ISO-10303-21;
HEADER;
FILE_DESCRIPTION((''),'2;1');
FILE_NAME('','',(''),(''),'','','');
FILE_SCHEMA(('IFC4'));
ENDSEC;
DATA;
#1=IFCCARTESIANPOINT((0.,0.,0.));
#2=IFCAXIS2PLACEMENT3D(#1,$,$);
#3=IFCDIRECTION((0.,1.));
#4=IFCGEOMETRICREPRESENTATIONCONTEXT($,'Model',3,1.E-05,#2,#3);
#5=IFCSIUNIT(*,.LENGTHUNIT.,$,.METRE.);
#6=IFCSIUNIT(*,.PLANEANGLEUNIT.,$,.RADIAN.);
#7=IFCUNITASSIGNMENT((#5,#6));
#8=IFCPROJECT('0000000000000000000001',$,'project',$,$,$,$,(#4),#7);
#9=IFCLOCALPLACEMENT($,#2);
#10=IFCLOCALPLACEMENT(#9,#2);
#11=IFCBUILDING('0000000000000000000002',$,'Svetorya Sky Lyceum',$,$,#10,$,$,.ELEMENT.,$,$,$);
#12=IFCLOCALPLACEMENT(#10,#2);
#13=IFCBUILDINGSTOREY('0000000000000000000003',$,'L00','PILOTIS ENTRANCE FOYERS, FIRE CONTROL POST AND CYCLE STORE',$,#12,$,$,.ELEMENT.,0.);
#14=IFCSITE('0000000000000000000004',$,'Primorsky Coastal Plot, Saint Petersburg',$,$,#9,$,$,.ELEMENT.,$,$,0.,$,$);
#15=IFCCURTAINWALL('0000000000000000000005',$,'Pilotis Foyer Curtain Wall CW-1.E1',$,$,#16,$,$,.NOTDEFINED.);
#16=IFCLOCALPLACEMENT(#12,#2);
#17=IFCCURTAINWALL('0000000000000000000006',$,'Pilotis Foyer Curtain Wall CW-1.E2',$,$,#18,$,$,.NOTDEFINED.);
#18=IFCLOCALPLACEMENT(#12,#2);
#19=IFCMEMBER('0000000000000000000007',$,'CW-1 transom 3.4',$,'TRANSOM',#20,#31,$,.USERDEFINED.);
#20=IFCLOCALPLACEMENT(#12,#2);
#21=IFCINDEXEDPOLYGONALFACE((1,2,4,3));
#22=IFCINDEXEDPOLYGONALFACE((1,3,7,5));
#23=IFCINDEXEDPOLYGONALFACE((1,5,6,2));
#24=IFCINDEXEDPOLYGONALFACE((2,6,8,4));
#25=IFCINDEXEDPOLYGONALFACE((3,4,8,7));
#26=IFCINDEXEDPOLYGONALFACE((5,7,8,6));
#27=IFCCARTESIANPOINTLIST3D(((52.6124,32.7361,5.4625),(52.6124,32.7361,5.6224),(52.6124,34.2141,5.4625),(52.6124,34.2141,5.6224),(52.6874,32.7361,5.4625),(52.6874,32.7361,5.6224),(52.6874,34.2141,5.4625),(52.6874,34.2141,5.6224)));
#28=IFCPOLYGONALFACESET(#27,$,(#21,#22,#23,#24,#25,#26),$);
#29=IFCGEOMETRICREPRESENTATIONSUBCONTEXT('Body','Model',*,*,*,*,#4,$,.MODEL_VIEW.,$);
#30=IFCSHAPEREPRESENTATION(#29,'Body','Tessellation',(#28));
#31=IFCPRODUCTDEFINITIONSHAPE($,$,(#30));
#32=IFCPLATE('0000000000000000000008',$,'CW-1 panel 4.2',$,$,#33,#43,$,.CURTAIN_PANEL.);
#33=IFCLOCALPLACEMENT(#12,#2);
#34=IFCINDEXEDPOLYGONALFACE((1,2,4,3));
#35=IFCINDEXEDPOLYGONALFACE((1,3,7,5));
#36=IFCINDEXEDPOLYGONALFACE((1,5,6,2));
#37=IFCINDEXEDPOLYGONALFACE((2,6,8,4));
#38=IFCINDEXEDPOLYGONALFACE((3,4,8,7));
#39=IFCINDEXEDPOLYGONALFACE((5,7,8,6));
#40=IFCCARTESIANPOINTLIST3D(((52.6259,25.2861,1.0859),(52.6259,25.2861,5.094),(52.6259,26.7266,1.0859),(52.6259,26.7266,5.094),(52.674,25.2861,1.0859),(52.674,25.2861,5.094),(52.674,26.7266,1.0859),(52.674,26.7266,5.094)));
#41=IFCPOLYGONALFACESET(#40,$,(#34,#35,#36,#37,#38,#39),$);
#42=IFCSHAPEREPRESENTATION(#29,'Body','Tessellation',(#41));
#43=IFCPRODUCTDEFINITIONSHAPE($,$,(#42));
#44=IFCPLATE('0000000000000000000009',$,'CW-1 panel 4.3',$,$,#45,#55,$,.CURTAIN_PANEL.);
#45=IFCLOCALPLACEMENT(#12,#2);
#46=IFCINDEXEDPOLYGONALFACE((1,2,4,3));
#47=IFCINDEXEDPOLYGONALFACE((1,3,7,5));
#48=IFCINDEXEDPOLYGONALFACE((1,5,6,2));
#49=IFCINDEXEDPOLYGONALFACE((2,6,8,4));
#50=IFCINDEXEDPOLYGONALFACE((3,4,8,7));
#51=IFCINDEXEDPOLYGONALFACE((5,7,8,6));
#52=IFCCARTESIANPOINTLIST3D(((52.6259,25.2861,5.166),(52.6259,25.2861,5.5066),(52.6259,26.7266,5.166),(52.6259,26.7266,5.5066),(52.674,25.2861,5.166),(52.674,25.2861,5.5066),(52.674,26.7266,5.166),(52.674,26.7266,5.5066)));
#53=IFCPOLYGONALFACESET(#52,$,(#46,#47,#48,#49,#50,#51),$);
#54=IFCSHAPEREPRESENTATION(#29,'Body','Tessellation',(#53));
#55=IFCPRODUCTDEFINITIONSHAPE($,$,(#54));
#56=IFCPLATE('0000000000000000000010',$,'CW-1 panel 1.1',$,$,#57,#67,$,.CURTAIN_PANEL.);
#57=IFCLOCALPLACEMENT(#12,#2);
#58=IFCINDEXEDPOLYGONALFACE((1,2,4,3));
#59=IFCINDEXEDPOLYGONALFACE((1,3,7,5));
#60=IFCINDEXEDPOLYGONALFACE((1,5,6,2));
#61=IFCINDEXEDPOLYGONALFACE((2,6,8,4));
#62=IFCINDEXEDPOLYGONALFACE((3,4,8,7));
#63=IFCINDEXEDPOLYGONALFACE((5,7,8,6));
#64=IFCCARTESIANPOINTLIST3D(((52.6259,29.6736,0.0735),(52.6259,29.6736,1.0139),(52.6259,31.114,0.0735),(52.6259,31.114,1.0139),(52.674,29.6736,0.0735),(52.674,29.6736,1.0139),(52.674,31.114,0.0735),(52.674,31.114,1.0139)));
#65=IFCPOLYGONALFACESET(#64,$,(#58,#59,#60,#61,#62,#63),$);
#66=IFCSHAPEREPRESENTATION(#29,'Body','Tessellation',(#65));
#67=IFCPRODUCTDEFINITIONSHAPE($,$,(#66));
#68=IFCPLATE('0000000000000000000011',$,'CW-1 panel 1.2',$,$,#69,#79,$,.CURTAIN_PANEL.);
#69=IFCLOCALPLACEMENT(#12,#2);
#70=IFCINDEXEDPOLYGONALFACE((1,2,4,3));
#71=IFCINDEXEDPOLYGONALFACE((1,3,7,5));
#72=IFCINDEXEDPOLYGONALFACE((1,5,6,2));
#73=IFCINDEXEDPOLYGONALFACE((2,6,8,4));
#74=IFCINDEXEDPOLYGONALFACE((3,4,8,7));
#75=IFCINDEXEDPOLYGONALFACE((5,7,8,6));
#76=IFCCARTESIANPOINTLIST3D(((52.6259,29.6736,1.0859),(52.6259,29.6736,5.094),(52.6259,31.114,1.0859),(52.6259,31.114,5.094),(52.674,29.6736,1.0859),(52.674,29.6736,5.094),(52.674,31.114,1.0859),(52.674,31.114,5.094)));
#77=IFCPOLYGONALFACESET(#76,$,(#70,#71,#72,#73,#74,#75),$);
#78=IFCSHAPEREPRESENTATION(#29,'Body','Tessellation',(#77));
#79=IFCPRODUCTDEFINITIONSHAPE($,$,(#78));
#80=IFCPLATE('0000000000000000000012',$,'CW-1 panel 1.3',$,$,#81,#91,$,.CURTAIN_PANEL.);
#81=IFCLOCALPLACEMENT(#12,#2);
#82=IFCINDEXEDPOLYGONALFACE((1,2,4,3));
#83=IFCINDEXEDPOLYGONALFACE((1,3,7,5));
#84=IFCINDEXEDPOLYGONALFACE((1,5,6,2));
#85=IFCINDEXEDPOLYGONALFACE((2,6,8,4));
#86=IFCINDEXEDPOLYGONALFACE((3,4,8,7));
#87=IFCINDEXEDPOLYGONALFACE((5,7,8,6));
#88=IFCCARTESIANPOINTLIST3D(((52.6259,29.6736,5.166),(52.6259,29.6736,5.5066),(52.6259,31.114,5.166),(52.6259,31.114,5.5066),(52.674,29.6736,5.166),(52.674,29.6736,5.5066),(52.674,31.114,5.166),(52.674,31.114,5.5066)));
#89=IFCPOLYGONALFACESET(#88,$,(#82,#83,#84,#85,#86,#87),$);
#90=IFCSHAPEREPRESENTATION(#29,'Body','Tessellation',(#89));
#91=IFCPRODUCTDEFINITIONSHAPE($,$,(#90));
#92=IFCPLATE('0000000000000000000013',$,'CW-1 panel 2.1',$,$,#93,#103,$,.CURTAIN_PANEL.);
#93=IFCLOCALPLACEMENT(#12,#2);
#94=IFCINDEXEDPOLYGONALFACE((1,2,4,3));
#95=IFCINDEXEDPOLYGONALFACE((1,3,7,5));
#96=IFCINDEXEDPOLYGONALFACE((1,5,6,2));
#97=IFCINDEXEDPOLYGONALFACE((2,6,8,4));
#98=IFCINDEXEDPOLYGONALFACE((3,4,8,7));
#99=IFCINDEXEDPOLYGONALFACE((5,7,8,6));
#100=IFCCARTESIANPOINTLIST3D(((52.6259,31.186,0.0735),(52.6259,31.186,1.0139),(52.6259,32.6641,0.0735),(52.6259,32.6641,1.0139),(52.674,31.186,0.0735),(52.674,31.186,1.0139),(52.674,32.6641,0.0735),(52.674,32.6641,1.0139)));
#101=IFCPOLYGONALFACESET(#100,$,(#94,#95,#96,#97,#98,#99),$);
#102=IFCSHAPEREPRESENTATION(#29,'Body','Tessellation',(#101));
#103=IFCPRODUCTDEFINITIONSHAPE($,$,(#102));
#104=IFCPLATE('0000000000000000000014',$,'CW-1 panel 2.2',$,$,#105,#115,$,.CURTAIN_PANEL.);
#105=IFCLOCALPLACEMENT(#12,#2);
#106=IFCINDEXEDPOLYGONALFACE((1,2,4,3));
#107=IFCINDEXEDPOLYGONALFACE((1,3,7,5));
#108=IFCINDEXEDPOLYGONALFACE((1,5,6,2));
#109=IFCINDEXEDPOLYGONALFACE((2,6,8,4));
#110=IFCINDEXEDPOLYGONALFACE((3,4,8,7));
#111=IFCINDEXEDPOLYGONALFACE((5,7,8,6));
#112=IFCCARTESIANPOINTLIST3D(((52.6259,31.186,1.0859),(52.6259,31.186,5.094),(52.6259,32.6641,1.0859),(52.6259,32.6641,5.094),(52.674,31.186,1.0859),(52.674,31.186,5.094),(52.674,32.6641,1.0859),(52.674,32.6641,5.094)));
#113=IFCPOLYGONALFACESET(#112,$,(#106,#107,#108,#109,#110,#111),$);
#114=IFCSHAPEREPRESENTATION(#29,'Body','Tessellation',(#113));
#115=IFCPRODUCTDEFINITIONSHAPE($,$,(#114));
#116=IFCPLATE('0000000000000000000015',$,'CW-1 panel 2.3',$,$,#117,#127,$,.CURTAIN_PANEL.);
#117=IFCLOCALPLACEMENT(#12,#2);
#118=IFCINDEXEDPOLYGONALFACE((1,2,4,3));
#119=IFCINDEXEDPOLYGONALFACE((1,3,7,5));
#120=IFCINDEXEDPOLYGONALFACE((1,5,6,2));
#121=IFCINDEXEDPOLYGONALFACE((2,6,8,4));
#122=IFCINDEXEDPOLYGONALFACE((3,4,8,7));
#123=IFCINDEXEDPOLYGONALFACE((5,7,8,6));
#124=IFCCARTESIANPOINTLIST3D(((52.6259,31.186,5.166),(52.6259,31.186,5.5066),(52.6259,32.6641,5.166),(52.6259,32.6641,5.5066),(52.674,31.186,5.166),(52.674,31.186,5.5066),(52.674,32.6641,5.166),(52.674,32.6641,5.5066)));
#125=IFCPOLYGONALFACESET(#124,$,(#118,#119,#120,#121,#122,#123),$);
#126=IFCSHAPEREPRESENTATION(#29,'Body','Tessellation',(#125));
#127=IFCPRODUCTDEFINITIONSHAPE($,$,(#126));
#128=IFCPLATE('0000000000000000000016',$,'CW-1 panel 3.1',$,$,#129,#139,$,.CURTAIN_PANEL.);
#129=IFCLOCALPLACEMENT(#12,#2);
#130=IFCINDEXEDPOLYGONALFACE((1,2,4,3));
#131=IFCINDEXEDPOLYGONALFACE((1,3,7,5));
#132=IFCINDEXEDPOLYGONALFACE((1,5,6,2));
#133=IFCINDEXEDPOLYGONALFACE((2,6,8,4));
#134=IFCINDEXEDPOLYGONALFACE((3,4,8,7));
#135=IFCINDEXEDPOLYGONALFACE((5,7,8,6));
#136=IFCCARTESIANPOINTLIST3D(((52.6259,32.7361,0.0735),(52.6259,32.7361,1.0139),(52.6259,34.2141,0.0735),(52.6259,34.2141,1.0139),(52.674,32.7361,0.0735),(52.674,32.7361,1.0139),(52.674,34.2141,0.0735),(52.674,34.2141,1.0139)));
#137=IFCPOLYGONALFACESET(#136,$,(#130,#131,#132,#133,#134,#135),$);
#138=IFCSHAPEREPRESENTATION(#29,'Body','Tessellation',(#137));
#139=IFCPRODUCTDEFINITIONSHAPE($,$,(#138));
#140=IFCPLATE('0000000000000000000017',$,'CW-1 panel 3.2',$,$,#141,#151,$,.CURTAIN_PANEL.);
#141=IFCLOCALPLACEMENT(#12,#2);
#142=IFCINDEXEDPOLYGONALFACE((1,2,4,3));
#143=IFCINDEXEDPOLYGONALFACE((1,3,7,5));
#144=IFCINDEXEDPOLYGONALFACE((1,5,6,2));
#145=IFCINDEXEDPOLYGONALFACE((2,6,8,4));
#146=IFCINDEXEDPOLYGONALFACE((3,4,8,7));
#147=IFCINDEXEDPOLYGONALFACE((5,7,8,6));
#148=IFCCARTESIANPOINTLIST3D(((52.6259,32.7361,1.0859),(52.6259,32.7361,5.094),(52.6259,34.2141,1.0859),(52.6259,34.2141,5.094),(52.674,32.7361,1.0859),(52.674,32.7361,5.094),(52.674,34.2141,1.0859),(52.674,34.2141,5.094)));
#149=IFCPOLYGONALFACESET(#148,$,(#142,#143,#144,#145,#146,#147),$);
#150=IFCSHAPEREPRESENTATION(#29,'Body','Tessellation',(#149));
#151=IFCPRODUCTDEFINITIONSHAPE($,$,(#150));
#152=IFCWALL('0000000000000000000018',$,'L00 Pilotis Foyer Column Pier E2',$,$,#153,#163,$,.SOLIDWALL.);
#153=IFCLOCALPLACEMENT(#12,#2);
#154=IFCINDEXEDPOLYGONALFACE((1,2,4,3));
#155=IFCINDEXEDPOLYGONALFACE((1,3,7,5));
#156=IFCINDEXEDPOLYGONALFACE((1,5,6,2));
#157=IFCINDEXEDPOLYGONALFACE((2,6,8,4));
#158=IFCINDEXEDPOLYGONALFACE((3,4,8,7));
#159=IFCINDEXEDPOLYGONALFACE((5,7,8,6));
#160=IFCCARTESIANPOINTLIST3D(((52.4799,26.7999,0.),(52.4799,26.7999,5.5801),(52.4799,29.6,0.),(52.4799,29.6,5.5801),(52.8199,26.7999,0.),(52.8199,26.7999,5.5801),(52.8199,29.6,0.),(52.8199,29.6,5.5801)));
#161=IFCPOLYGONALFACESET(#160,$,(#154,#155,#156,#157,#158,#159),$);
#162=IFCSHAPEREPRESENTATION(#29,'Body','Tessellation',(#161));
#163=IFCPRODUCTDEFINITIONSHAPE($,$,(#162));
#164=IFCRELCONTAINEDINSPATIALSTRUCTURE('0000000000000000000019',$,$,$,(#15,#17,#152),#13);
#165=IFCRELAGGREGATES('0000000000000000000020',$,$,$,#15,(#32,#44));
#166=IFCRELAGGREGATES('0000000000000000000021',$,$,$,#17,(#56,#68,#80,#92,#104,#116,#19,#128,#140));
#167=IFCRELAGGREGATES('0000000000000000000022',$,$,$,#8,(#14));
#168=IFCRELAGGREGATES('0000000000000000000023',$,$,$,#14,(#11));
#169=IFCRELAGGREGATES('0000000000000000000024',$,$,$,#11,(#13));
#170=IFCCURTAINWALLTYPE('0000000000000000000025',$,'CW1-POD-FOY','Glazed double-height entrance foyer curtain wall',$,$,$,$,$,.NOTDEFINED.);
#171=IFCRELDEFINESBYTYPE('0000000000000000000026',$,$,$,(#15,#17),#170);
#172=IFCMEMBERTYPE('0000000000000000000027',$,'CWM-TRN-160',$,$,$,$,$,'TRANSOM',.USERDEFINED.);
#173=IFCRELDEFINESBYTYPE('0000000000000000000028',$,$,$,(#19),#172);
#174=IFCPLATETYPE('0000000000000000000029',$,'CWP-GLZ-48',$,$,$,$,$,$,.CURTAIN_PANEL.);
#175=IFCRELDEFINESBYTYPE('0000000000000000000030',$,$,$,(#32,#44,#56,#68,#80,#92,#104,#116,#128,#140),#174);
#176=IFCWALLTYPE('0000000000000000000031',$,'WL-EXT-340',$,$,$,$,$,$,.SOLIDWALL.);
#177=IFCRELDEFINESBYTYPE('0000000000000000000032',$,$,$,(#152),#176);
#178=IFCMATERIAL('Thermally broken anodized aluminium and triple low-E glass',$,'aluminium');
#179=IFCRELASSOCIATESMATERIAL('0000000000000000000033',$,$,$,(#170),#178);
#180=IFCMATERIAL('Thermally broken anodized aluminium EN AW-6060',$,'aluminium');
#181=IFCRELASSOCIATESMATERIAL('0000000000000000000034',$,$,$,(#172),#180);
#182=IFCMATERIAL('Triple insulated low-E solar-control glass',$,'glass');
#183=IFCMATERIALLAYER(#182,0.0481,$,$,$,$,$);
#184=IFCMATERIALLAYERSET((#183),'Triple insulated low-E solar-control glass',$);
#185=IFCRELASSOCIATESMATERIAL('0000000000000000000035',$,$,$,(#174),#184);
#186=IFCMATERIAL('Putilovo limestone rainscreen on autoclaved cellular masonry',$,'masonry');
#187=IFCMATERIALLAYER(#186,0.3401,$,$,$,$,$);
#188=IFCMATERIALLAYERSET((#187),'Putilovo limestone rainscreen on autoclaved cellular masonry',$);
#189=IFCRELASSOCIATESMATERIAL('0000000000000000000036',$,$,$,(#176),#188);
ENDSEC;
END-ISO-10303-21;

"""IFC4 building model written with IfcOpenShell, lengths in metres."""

from ifc_helpers import new_model, si_unit, direction, frame, frame_2d, origin, origin_2d, place, context, subcontext, project, spatial, rectangle, extrude, material, layer, layer_set, material_profile, profile_set, type_object, element, aggregate, save


model = new_model("IFC4")

# Units and contexts
model_context = context("Model", 3, precision=1e-05, world=origin(), true_north=direction((0.0, 1.0)))
body_context = subcontext(model_context, "Body", "Model", "MODEL_VIEW")
ifc_project = project(units=[si_unit("LENGTHUNIT", "METRE"), si_unit("PLANEANGLEUNIT", "RADIAN")], contexts=[model_context])

# Site, building, storey
site_placement = place(None, origin())
site = spatial("IfcSite", under=ifc_project, at=site_placement, Name="Primorsky Coastal Plot, Saint Petersburg", CompositionType="ELEMENT", RefElevation=0.0)
building_placement = place(site_placement, origin())
building = spatial("IfcBuilding", under=site, at=building_placement, Name="Svetorya Sky Lyceum", CompositionType="ELEMENT")
storey_placement = place(building_placement, origin())
storey = spatial("IfcBuildingStorey", under=building, at=storey_placement, Name="L00", Description="PILOTIS ENTRANCE FOYERS, FIRE CONTROL POST AND CYCLE STORE", CompositionType="ELEMENT", Elevation=0.0)

# Curtain wall
ifc_material_1 = material(Name="Thermally broken anodized aluminium and triple low-E glass", Category="aluminium")
curtain_wall_type = type_object("IfcCurtainWallType", Name="CW1-POD-FOY", Description="Glazed double-height entrance foyer curtain wall", PredefinedType="NOTDEFINED", material=ifc_material_1)
curtain_wall_1_placement = place(storey_placement, origin())
curtain_wall_1 = element("IfcCurtainWall", 1, at=curtain_wall_1_placement, inside=storey, type_object=curtain_wall_type, Name="Pilotis Foyer Curtain Wall CW-1.E1", PredefinedType="NOTDEFINED")
ifc_material_2 = material(Name="Thermally broken anodized aluminium EN AW-6060", Category="aluminium")

# Curtain wall, member
curtain_wall_2_placement = place(storey_placement, origin())
curtain_wall_2 = element("IfcCurtainWall", 2, at=curtain_wall_2_placement, inside=storey, type_object=curtain_wall_type, Name="Pilotis Foyer Curtain Wall CW-1.E2", PredefinedType="NOTDEFINED")
ifc_material_profile_1 = material_profile(ifc_material_2, rectangle(XDim=0.075, YDim=0.1599, at=origin_2d()), Name="ALU TRANSOM 75x160")
ifc_profile_set_1 = profile_set([ifc_material_profile_1], Name="Thermally broken anodized aluminium EN AW-6060")
member_type_1 = type_object("IfcMemberType", Name="CWM-TRN-160", ElementType="TRANSOM", PredefinedType="USERDEFINED", material=ifc_profile_set_1)
member_1_placement = place(storey_placement, frame((52.6499, 32.7361, 5.5425), z_axis=(0.0, 1.0, 0.0), x_axis=(-1.0, 0.0, 0.0)))
member_1 = element("IfcMember", 3, at=member_1_placement, type_object=member_type_1, Name="CW-1 transom 3.4", ObjectType="TRANSOM", PredefinedType="USERDEFINED", context=body_context, shape_type="SweptSolid", body=[
    extrude(rectangle(XDim=0.075, YDim=0.1599, at=origin_2d()), origin(), (0.0, 0.0, 1.0), 1.478),
])

# Plates
ifc_material_3 = material(Name="Triple insulated low-E solar-control glass", Category="glass")
ifc_layer_1 = layer(ifc_material_3, 0.0481)
ifc_layer_set_1 = layer_set([ifc_layer_1], Name="Triple insulated low-E solar-control glass")
plate_type = type_object("IfcPlateType", Name="CWP-GLZ-48", PredefinedType="CURTAIN_PANEL", material=ifc_layer_set_1)
plate_1_placement = place(storey_placement, frame((52.6499, 26.0063, 1.0859), z_axis=(0.0, 0.0, 1.0), x_axis=(0.0, 1.0, 0.0)))
plate_1 = element("IfcPlate", 4, at=plate_1_placement, type_object=plate_type, Name="CW-1 panel 4.2", PredefinedType="CURTAIN_PANEL", context=body_context, shape_type="SweptSolid", body=[
    extrude(rectangle(XDim=1.4404, YDim=0.0481, at=origin_2d()), origin(), (0.0, 0.0, 1.0), 4.0081),
])
plate_2_placement = place(storey_placement, frame((52.6499, 26.0063, 5.166), z_axis=(0.0, 0.0, 1.0), x_axis=(0.0, 1.0, 0.0)))
plate_2 = element("IfcPlate", 5, at=plate_2_placement, type_object=plate_type, Name="CW-1 panel 4.3", PredefinedType="CURTAIN_PANEL", context=body_context, shape_type="SweptSolid", body=[
    extrude(rectangle(XDim=1.4404, YDim=0.0481, at=origin_2d()), origin(), (0.0, 0.0, 1.0), 0.3406),
])
aggregate(curtain_wall_1, [plate_1, plate_2])
plate_3_placement = place(storey_placement, frame((52.6499, 30.3938, 0.0735), z_axis=(0.0, 0.0, 1.0), x_axis=(0.0, 1.0, 0.0)))
plate_3 = element("IfcPlate", 6, at=plate_3_placement, type_object=plate_type, Name="CW-1 panel 1.1", PredefinedType="CURTAIN_PANEL", context=body_context, shape_type="SweptSolid", body=[
    extrude(rectangle(XDim=1.4404, YDim=0.0481, at=origin_2d()), origin(), (0.0, 0.0, 1.0), 0.9404),
])
plate_4_placement = place(storey_placement, frame((52.6499, 30.3938, 1.0859), z_axis=(0.0, 0.0, 1.0), x_axis=(0.0, 1.0, 0.0)))
plate_4 = element("IfcPlate", 7, at=plate_4_placement, type_object=plate_type, Name="CW-1 panel 1.2", PredefinedType="CURTAIN_PANEL", context=body_context, shape_type="SweptSolid", body=[
    extrude(rectangle(XDim=1.4404, YDim=0.0481, at=origin_2d()), origin(), (0.0, 0.0, 1.0), 4.0081),
])
plate_5_placement = place(storey_placement, frame((52.6499, 30.3938, 5.166), z_axis=(0.0, 0.0, 1.0), x_axis=(0.0, 1.0, 0.0)))
plate_5 = element("IfcPlate", 8, at=plate_5_placement, type_object=plate_type, Name="CW-1 panel 1.3", PredefinedType="CURTAIN_PANEL", context=body_context, shape_type="SweptSolid", body=[
    extrude(rectangle(XDim=1.4404, YDim=0.0481, at=origin_2d()), origin(), (0.0, 0.0, 1.0), 0.3406),
])
plate_6_placement = place(storey_placement, frame((52.6499, 31.925, 0.0735), z_axis=(0.0, 0.0, 1.0), x_axis=(0.0, 1.0, 0.0)))
plate_6 = element("IfcPlate", 9, at=plate_6_placement, type_object=plate_type, Name="CW-1 panel 2.1", PredefinedType="CURTAIN_PANEL", context=body_context, shape_type="SweptSolid", body=[
    extrude(rectangle(XDim=1.478, YDim=0.0481, at=origin_2d()), origin(), (0.0, 0.0, 1.0), 0.9404),
])
plate_7_placement = place(storey_placement, frame((52.6499, 31.925, 1.0859), z_axis=(0.0, 0.0, 1.0), x_axis=(0.0, 1.0, 0.0)))
plate_7 = element("IfcPlate", 10, at=plate_7_placement, type_object=plate_type, Name="CW-1 panel 2.2", PredefinedType="CURTAIN_PANEL", context=body_context, shape_type="SweptSolid", body=[
    extrude(rectangle(XDim=1.478, YDim=0.0481, at=origin_2d()), origin(), (0.0, 0.0, 1.0), 4.0081),
])
plate_8_placement = place(storey_placement, frame((52.6499, 31.925, 5.166), z_axis=(0.0, 0.0, 1.0), x_axis=(0.0, 1.0, 0.0)))
plate_8 = element("IfcPlate", 11, at=plate_8_placement, type_object=plate_type, Name="CW-1 panel 2.3", PredefinedType="CURTAIN_PANEL", context=body_context, shape_type="SweptSolid", body=[
    extrude(rectangle(XDim=1.478, YDim=0.0481, at=origin_2d()), origin(), (0.0, 0.0, 1.0), 0.3406),
])
plate_9_placement = place(storey_placement, frame((52.6499, 33.4751, 0.0735), z_axis=(0.0, 0.0, 1.0), x_axis=(0.0, 1.0, 0.0)))
plate_9 = element("IfcPlate", 12, at=plate_9_placement, type_object=plate_type, Name="CW-1 panel 3.1", PredefinedType="CURTAIN_PANEL", context=body_context, shape_type="SweptSolid", body=[
    extrude(rectangle(XDim=1.478, YDim=0.0481, at=origin_2d()), origin(), (0.0, 0.0, 1.0), 0.9404),
])
plate_10_placement = place(storey_placement, frame((52.6499, 33.4751, 1.0859), z_axis=(0.0, 0.0, 1.0), x_axis=(0.0, 1.0, 0.0)))
plate_10 = element("IfcPlate", 13, at=plate_10_placement, type_object=plate_type, Name="CW-1 panel 3.2", PredefinedType="CURTAIN_PANEL", context=body_context, shape_type="SweptSolid", body=[
    extrude(rectangle(XDim=1.478, YDim=0.0481, at=origin_2d()), origin(), (0.0, 0.0, 1.0), 4.0081),
])
aggregate(curtain_wall_2, [plate_3, plate_4, plate_5, plate_6, plate_7, plate_8, member_1, plate_9, plate_10])

# Wall
ifc_material_4 = material(Name="Putilovo limestone rainscreen on autoclaved cellular masonry", Category="masonry")
ifc_layer_2 = layer(ifc_material_4, 0.3401)
ifc_layer_set_2 = layer_set([ifc_layer_2], Name="Putilovo limestone rainscreen on autoclaved cellular masonry")
wall_type = type_object("IfcWallType", Name="WL-EXT-340", PredefinedType="SOLIDWALL", material=ifc_layer_set_2)
wall_placement = place(storey_placement, frame((52.6499, 26.8, 0.0), z_axis=(0.0, 0.0, 1.0), x_axis=(0.0, 1.0, 0.0)))
element("IfcWall", 14, at=wall_placement, inside=storey, type_object=wall_type, Name="L00 Pilotis Foyer Column Pier E2", PredefinedType="SOLIDWALL", context=body_context, shape_type="SweptSolid", body=[
    extrude(rectangle(XDim=2.8, YDim=0.3401, at=frame_2d((1.3999, 0.0))), origin(), (0.0, 0.0, 1.0), 5.5801),
])

save(model, "model.ifc")
